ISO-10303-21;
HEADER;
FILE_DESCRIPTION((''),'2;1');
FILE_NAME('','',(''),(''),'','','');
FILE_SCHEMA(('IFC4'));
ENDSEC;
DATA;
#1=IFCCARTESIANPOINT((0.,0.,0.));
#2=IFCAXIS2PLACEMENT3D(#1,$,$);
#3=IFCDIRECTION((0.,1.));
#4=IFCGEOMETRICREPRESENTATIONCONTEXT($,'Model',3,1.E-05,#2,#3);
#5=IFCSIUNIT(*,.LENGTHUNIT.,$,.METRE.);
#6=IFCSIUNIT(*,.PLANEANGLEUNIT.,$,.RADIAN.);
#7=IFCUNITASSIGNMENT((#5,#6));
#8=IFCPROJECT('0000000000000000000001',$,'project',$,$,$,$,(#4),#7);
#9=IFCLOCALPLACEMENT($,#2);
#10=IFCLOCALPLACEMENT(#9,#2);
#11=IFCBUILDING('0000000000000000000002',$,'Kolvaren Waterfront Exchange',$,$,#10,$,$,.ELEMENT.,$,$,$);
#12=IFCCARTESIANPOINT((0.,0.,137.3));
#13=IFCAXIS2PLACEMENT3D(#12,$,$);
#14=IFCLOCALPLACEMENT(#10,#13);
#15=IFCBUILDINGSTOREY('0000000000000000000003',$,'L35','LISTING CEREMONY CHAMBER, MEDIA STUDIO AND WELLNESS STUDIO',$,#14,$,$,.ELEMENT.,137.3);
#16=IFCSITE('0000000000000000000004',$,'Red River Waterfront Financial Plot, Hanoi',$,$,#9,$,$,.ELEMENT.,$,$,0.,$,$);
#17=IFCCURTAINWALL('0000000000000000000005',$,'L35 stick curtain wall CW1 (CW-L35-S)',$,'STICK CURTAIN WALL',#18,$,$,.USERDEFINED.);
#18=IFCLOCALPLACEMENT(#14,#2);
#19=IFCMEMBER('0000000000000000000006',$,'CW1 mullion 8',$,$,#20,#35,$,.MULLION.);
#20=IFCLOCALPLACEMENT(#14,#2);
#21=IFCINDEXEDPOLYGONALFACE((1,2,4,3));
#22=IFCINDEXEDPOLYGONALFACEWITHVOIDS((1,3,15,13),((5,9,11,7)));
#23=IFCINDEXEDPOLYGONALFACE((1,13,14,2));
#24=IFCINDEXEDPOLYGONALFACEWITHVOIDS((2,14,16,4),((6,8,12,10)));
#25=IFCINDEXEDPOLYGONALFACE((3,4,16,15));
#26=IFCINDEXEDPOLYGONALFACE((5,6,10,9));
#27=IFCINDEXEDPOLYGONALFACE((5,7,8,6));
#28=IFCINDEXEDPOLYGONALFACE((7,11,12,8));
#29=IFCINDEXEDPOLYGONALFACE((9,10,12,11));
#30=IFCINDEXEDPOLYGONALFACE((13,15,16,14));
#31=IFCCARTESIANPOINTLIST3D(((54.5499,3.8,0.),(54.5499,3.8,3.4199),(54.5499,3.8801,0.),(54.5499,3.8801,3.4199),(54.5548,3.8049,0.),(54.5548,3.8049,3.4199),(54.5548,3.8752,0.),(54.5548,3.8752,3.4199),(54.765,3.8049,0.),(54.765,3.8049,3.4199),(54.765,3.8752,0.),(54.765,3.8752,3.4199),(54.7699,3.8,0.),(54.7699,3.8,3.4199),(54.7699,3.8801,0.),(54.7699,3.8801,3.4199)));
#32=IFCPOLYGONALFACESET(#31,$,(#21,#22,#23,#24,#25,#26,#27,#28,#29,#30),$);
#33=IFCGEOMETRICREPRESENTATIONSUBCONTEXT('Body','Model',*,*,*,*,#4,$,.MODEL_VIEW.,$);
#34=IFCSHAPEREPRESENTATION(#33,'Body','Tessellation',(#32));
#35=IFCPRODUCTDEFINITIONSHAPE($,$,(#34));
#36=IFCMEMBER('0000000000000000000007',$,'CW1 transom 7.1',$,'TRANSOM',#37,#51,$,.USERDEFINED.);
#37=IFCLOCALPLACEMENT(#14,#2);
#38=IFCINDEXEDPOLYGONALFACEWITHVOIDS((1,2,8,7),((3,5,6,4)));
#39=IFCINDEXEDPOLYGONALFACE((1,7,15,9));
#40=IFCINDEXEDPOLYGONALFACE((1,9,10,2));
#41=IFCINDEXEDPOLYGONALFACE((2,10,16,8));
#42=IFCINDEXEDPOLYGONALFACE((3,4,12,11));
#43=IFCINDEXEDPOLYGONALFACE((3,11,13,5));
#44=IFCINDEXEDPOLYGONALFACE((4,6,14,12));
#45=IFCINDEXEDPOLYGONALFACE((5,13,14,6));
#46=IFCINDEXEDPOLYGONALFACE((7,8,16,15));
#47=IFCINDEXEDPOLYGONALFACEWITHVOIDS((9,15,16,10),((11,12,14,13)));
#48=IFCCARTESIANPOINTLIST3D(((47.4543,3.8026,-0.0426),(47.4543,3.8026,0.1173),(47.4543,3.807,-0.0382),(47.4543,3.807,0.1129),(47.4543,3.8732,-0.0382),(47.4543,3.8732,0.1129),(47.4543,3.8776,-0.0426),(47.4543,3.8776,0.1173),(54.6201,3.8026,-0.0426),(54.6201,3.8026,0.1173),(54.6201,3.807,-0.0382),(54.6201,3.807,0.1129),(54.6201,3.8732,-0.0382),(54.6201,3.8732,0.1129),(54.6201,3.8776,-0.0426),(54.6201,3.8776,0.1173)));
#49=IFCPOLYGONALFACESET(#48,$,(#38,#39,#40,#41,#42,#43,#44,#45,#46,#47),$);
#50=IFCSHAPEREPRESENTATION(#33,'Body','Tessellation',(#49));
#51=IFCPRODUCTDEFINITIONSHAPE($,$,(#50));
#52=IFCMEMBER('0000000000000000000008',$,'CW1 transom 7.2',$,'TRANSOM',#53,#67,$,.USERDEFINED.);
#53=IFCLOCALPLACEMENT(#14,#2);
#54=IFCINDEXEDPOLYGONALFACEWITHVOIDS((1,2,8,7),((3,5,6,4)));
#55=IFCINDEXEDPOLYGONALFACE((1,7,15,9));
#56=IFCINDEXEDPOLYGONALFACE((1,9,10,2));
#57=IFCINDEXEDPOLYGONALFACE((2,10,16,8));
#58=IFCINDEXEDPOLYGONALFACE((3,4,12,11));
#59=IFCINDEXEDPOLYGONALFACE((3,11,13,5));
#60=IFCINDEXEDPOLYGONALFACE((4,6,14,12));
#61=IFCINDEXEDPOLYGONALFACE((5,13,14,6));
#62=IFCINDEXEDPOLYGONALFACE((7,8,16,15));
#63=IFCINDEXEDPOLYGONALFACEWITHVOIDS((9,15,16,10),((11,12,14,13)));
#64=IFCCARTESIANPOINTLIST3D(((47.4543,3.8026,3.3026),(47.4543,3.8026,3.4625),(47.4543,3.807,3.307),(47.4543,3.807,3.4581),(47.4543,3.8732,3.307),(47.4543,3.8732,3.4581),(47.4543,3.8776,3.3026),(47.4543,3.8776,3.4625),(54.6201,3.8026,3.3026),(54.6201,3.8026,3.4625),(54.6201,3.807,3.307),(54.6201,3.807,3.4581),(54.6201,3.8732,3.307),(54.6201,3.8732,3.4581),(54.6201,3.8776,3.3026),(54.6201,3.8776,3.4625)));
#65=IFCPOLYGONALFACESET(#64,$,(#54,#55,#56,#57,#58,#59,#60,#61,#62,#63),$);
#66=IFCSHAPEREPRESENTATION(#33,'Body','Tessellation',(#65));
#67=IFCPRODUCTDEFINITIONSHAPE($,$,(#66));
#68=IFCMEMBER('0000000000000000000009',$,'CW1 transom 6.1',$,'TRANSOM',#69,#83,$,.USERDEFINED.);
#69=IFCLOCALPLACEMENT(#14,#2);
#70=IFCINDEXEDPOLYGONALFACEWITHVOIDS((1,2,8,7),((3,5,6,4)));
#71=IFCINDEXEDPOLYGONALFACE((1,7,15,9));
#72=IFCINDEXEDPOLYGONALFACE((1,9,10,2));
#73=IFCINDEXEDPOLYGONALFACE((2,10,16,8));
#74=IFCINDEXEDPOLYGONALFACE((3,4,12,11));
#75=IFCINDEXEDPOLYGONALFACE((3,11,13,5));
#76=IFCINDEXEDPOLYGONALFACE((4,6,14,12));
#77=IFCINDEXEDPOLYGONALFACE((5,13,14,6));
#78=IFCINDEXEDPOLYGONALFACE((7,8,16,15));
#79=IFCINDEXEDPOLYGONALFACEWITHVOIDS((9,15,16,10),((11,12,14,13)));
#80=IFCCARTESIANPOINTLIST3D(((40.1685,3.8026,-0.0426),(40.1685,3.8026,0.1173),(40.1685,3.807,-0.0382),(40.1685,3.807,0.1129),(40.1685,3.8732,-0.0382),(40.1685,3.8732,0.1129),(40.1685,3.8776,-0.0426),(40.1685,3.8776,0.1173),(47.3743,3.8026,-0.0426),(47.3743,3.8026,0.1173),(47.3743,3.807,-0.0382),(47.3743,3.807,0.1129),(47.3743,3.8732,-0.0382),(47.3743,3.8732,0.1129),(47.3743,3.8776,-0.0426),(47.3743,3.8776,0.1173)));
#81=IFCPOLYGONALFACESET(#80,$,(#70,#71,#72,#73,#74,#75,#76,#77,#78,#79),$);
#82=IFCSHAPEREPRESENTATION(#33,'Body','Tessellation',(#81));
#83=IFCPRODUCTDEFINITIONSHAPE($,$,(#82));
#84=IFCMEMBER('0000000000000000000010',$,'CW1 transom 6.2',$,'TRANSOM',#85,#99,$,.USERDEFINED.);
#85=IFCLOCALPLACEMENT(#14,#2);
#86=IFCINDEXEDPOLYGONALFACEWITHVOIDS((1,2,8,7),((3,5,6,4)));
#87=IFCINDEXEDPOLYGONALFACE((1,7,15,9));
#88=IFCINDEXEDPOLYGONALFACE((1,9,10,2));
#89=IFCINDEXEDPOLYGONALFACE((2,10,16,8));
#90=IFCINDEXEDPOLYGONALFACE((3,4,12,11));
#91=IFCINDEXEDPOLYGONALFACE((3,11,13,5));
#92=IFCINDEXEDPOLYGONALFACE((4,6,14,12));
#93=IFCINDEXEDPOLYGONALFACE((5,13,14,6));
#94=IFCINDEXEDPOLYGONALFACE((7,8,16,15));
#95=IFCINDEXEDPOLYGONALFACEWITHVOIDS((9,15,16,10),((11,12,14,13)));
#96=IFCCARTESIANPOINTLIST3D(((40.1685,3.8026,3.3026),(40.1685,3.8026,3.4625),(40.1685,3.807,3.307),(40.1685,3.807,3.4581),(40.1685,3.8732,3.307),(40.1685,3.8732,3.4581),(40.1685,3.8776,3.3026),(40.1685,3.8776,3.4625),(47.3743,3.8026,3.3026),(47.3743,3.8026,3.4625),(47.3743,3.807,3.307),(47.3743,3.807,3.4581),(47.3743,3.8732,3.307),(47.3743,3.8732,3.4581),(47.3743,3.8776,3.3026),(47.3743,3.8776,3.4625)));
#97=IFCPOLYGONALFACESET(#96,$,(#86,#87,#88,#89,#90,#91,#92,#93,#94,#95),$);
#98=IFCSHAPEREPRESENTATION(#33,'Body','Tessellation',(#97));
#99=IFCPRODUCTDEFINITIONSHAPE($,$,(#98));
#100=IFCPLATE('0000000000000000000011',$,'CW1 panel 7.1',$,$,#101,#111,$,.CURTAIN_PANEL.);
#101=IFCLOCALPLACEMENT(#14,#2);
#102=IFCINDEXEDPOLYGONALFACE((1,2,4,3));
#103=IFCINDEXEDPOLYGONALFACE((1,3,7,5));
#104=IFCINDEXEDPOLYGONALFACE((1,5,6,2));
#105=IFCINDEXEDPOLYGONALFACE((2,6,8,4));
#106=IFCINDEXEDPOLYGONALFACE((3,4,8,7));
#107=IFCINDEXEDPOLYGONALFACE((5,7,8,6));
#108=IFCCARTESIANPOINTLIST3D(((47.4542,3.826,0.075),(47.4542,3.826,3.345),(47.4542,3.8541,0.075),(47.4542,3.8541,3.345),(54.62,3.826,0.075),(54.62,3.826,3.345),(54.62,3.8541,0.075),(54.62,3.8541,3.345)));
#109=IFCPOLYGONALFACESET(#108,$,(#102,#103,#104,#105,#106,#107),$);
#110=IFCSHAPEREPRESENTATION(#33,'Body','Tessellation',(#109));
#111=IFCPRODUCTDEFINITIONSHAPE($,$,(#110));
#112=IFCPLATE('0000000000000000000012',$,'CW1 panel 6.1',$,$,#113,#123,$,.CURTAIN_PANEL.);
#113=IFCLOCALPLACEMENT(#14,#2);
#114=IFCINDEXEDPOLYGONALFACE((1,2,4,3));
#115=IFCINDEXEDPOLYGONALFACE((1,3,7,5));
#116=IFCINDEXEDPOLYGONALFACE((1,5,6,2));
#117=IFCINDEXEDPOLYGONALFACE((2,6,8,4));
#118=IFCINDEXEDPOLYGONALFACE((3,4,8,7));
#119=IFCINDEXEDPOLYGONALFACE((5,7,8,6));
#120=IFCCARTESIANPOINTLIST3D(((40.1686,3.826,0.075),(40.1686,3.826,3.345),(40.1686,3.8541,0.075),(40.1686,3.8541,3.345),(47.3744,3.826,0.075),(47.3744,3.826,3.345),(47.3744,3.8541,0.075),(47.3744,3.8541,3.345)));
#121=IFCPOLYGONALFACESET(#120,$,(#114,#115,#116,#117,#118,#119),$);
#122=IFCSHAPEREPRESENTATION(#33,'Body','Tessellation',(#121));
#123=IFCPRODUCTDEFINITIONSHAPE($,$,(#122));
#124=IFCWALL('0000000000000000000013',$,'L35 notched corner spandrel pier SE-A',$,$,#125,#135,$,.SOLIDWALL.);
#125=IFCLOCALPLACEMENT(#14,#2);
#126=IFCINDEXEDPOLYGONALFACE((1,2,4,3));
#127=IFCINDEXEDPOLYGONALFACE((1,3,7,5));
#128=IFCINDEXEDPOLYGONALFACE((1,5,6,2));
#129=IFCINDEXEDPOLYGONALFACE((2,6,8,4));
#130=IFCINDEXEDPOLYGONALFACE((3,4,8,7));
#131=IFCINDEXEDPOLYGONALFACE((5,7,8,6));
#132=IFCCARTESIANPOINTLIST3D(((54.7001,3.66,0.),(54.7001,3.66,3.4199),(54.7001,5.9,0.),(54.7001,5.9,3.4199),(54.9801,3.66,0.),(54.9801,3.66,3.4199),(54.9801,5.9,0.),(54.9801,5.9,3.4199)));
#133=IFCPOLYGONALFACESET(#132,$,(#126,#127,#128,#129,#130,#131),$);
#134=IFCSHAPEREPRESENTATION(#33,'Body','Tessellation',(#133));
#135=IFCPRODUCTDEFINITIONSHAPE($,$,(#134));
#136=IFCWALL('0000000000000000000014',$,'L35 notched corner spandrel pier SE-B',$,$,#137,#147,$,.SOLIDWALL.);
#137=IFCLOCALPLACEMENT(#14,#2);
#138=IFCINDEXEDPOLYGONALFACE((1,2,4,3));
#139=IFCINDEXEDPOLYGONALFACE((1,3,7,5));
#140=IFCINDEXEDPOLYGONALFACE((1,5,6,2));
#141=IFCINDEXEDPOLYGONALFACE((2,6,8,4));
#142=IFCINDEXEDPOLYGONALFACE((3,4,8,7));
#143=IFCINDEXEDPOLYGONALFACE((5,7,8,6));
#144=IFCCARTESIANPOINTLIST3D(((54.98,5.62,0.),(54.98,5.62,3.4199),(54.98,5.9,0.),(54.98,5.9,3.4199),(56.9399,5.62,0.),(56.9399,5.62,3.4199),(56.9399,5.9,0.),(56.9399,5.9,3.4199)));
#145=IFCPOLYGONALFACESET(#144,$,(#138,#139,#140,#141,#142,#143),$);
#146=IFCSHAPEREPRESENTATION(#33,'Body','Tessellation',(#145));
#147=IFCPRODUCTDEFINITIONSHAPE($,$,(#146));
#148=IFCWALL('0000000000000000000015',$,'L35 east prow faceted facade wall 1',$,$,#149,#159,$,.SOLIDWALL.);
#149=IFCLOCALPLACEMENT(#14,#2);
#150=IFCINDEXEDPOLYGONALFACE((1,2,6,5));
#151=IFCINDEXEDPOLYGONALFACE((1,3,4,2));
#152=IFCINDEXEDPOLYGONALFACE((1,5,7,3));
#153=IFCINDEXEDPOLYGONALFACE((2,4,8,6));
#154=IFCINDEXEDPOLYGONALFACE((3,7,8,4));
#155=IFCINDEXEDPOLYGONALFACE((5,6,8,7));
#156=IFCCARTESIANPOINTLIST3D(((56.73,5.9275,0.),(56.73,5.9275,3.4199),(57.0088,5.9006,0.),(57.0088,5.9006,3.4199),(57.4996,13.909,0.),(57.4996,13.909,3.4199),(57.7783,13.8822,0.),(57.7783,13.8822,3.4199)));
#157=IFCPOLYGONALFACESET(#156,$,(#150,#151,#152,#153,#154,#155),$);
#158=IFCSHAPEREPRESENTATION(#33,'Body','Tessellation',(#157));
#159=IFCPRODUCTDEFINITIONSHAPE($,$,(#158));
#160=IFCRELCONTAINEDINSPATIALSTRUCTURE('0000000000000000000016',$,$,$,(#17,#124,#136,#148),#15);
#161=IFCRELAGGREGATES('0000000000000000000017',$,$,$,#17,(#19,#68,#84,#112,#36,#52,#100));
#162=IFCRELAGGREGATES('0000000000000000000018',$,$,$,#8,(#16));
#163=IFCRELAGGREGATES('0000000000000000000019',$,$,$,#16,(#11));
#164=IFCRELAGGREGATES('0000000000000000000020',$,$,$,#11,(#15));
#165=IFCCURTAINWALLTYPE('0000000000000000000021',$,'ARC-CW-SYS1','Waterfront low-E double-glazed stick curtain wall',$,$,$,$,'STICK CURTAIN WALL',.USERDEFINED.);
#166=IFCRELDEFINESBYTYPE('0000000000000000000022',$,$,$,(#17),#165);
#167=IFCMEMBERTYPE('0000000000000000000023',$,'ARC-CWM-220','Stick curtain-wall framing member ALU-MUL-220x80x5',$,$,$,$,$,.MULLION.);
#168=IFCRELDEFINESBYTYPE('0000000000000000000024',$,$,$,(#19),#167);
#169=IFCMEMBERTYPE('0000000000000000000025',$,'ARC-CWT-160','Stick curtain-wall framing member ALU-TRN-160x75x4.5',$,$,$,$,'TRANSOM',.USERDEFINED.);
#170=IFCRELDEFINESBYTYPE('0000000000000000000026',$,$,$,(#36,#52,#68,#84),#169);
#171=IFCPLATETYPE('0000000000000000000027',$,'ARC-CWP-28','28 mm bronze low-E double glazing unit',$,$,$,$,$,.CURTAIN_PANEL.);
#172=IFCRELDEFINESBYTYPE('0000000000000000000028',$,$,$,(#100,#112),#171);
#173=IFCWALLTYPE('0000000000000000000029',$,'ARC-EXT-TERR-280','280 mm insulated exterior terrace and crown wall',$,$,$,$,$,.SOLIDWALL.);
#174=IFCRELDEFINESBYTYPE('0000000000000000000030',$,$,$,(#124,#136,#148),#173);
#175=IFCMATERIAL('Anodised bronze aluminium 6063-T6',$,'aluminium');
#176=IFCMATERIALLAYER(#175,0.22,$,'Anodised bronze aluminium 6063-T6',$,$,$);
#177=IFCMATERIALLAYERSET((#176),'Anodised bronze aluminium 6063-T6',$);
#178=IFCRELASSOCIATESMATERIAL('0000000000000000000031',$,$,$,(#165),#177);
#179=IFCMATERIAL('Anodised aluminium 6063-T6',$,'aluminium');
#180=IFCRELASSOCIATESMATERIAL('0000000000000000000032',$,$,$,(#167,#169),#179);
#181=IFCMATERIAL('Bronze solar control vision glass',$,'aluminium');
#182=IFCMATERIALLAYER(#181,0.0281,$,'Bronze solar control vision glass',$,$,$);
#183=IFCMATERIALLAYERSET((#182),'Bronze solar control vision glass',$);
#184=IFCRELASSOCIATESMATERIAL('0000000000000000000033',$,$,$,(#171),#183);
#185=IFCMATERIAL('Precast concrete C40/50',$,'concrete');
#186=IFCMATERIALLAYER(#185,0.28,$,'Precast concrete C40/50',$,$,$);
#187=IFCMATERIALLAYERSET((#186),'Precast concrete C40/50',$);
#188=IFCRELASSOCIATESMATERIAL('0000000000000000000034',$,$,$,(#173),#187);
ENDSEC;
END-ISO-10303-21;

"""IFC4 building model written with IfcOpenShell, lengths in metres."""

from ifc_helpers import new_model, si_unit, direction, frame, frame_2d, origin, origin_with_axes, origin_2d, place, context, subcontext, project, spatial, rectangle, hollow_rectangle, extrude, source, transform, mapped, material, layer, layer_set, material_profile, profile_set, type_object, element, aggregate, save


model = new_model("IFC4")

# Units and contexts
model_context = context("Model", 3, precision=1e-05, world=origin(), true_north=direction((0.0, 1.0)))
body_context = subcontext(model_context, "Body", "Model", "MODEL_VIEW")
ifc_project = project(units=[si_unit("LENGTHUNIT", "METRE"), si_unit("PLANEANGLEUNIT", "RADIAN")], contexts=[model_context])

# Site, building, storey
site_placement = place(None, origin())
site = spatial("IfcSite", under=ifc_project, at=site_placement, Name="Red River Waterfront Financial Plot, Hanoi", CompositionType="ELEMENT", RefElevation=0.0)
building_placement = place(site_placement, origin())
building = spatial("IfcBuilding", under=site, at=building_placement, Name="Kolvaren Waterfront Exchange", CompositionType="ELEMENT")
storey_placement = place(building_placement, frame((0.0, 0.0, 137.3)))
storey = spatial("IfcBuildingStorey", under=building, at=storey_placement, Name="L35", Description="LISTING CEREMONY CHAMBER, MEDIA STUDIO AND WELLNESS STUDIO", CompositionType="ELEMENT", Elevation=137.3)

# Curtain wall, members, plates
ifc_material_1 = material(Name="Anodised bronze aluminium 6063-T6", Category="aluminium")
ifc_layer_1 = layer(ifc_material_1, 0.22, Name="Anodised bronze aluminium 6063-T6")
ifc_layer_set_1 = layer_set([ifc_layer_1], Name="Anodised bronze aluminium 6063-T6")
curtain_wall_type = type_object("IfcCurtainWallType", Name="ARC-CW-SYS1", Description="Waterfront low-E double-glazed stick curtain wall", ElementType="STICK CURTAIN WALL", PredefinedType="USERDEFINED", material=ifc_layer_set_1)
curtain_wall_placement = place(storey_placement, origin())
curtain_wall = element("IfcCurtainWall", 1, at=curtain_wall_placement, inside=storey, type_object=curtain_wall_type, Name="L35 stick curtain wall CW1 (CW-L35-S)", ObjectType="STICK CURTAIN WALL", PredefinedType="USERDEFINED")
ifc_material_2 = material(Name="Anodised aluminium 6063-T6", Category="aluminium")
ifc_material_profile_1 = material_profile(ifc_material_2, hollow_rectangle(XDim=0.0801, YDim=0.22, WallThickness=0.0049, at=origin_2d()), Name="ALU-MUL-220x80x5")
ifc_profile_set_1 = profile_set([ifc_material_profile_1], Name="Anodised aluminium 6063-T6")
member_type_1 = type_object("IfcMemberType", Name="ARC-CWM-220", Description="Stick curtain-wall framing member ALU-MUL-220x80x5", PredefinedType="MULLION", material=ifc_profile_set_1)
shared_shape_1 = source(origin_with_axes(), body_context, "Body", "SweptSolid", [
    extrude(hollow_rectangle(XDim=0.0801, YDim=0.22, WallThickness=0.0049, at=origin_2d()), origin(), (0.0, 0.0, 1.0), 3.4199),
])
member_1_placement = place(storey_placement, frame((54.6599, 3.8401, 0.0), z_axis=(0.0, 0.0, 1.0), x_axis=(0.0, 1.0, 0.0)))
member_1 = element("IfcMember", 2, at=member_1_placement, type_object=member_type_1, Name="CW1 mullion 8", PredefinedType="MULLION", context=body_context, shape_type="MappedRepresentation", body=[
    mapped(shared_shape_1, transform((0.0, 0.0, 0.0), x_axis=(1.0, 0.0, 0.0), y_axis=(0.0, 1.0, 0.0), z_axis=(0.0, 0.0, 1.0), scale=1.0)),
])
ifc_material_profile_2 = material_profile(ifc_material_2, hollow_rectangle(XDim=0.075, YDim=0.1599, WallThickness=0.0044, at=origin_2d()), Name="ALU-TRN-160x75x4.5")
ifc_profile_set_2 = profile_set([ifc_material_profile_2], Name="Anodised aluminium 6063-T6")
member_type_2 = type_object("IfcMemberType", Name="ARC-CWT-160", Description="Stick curtain-wall framing member ALU-TRN-160x75x4.5", ElementType="TRANSOM", PredefinedType="USERDEFINED", material=ifc_profile_set_2)
shared_shape_2 = source(origin_with_axes(), body_context, "Body", "SweptSolid", [
    extrude(hollow_rectangle(XDim=0.075, YDim=0.1599, WallThickness=0.0044, at=origin_2d()), origin(), (0.0, 0.0, 1.0), 7.1658),
])
member_2_placement = place(storey_placement, frame((47.4543, 3.8401, 0.0374), z_axis=(1.0, 0.0, 0.0), x_axis=(0.0, 1.0, 0.0)))
member_2 = element("IfcMember", 3, at=member_2_placement, type_object=member_type_2, Name="CW1 transom 7.1", ObjectType="TRANSOM", PredefinedType="USERDEFINED", context=body_context, shape_type="MappedRepresentation", body=[
    mapped(shared_shape_2, transform((0.0, 0.0, 0.0), x_axis=(1.0, 0.0, 0.0), y_axis=(0.0, 1.0, 0.0), z_axis=(0.0, 0.0, 1.0), scale=1.0)),
])
member_3_placement = place(storey_placement, frame((47.4543, 3.8401, 3.3826), z_axis=(1.0, 0.0, 0.0), x_axis=(0.0, 1.0, 0.0)))
member_3 = element("IfcMember", 4, at=member_3_placement, type_object=member_type_2, Name="CW1 transom 7.2", ObjectType="TRANSOM", PredefinedType="USERDEFINED", context=body_context, shape_type="MappedRepresentation", body=[
    mapped(shared_shape_2, transform((0.0, 0.0, 0.0), x_axis=(1.0, 0.0, 0.0), y_axis=(0.0, 1.0, 0.0), z_axis=(0.0, 0.0, 1.0), scale=1.0)),
])
shared_shape_3 = source(origin_with_axes(), body_context, "Body", "SweptSolid", [
    extrude(hollow_rectangle(XDim=0.075, YDim=0.1599, WallThickness=0.0044, at=origin_2d()), origin(), (0.0, 0.0, 1.0), 7.2058),
])
member_4_placement = place(storey_placement, frame((40.1685, 3.8401, 0.0374), z_axis=(1.0, 0.0, 0.0), x_axis=(0.0, 1.0, 0.0)))
member_4 = element("IfcMember", 5, at=member_4_placement, type_object=member_type_2, Name="CW1 transom 6.1", ObjectType="TRANSOM", PredefinedType="USERDEFINED", context=body_context, shape_type="MappedRepresentation", body=[
    mapped(shared_shape_3, transform((0.0, 0.0, 0.0), x_axis=(1.0, 0.0, 0.0), y_axis=(0.0, 1.0, 0.0), z_axis=(0.0, 0.0, 1.0), scale=1.0)),
])
member_5_placement = place(storey_placement, frame((40.1685, 3.8401, 3.3826), z_axis=(1.0, 0.0, 0.0), x_axis=(0.0, 1.0, 0.0)))
member_5 = element("IfcMember", 6, at=member_5_placement, type_object=member_type_2, Name="CW1 transom 6.2", ObjectType="TRANSOM", PredefinedType="USERDEFINED", context=body_context, shape_type="MappedRepresentation", body=[
    mapped(shared_shape_3, transform((0.0, 0.0, 0.0), x_axis=(1.0, 0.0, 0.0), y_axis=(0.0, 1.0, 0.0), z_axis=(0.0, 0.0, 1.0), scale=1.0)),
])
ifc_material_3 = material(Name="Bronze solar control vision glass", Category="aluminium")
ifc_layer_2 = layer(ifc_material_3, 0.0281, Name="Bronze solar control vision glass")
ifc_layer_set_2 = layer_set([ifc_layer_2], Name="Bronze solar control vision glass")
plate_type = type_object("IfcPlateType", Name="ARC-CWP-28", Description="28 mm bronze low-E double glazing unit", PredefinedType="CURTAIN_PANEL", material=ifc_layer_set_2)
shared_shape_4 = source(origin_with_axes(), body_context, "Body", "SweptSolid", [
    extrude(rectangle(XDim=7.1658, YDim=0.0281, at=origin_2d()), origin(), (0.0, 0.0, 1.0), 3.27),
])
plate_1_placement = place(storey_placement, frame((51.0371, 3.8401, 0.075), z_axis=(0.0, 0.0, 1.0), x_axis=(1.0, 0.0, 0.0)))
plate_1 = element("IfcPlate", 7, at=plate_1_placement, type_object=plate_type, Name="CW1 panel 7.1", PredefinedType="CURTAIN_PANEL", context=body_context, shape_type="MappedRepresentation", body=[
    mapped(shared_shape_4, transform((0.0, 0.0, 0.0), x_axis=(1.0, 0.0, 0.0), y_axis=(0.0, 1.0, 0.0), z_axis=(0.0, 0.0, 1.0), scale=1.0)),
])
shared_shape_5 = source(origin_with_axes(), body_context, "Body", "SweptSolid", [
    extrude(rectangle(XDim=7.2058, YDim=0.0281, at=origin_2d()), origin(), (0.0, 0.0, 1.0), 3.27),
])
plate_2_placement = place(storey_placement, frame((43.7715, 3.8401, 0.075), z_axis=(0.0, 0.0, 1.0), x_axis=(1.0, 0.0, 0.0)))
plate_2 = element("IfcPlate", 8, at=plate_2_placement, type_object=plate_type, Name="CW1 panel 6.1", PredefinedType="CURTAIN_PANEL", context=body_context, shape_type="MappedRepresentation", body=[
    mapped(shared_shape_5, transform((0.0, 0.0, 0.0), x_axis=(1.0, 0.0, 0.0), y_axis=(0.0, 1.0, 0.0), z_axis=(0.0, 0.0, 1.0), scale=1.0)),
])
aggregate(curtain_wall, [member_1, member_4, member_5, plate_2, member_2, member_3, plate_1])

# Walls
ifc_material_4 = material(Name="Precast concrete C40/50", Category="concrete")
ifc_layer_3 = layer(ifc_material_4, 0.28, Name="Precast concrete C40/50")
ifc_layer_set_3 = layer_set([ifc_layer_3], Name="Precast concrete C40/50")
wall_type_1 = type_object("IfcWallType", Name="ARC-EXT-TERR-280", Description="280 mm insulated exterior terrace and crown wall", PredefinedType="SOLIDWALL", material=ifc_layer_set_3)
wall_1_placement = place(storey_placement, frame((54.8401, 3.6599, 0.0), z_axis=(0.0, 0.0, 1.0), x_axis=(0.0, 1.0, 0.0)))
element("IfcWall", 9, at=wall_1_placement, inside=storey, type_object=wall_type_1, Name="L35 notched corner spandrel pier SE-A", PredefinedType="SOLIDWALL", context=body_context, shape_type="SweptSolid", body=[
    extrude(rectangle(XDim=2.24, YDim=0.28, at=frame_2d((1.1201, 0.0))), origin(), (0.0, 0.0, 1.0), 3.4199),
])
wall_2_placement = place(storey_placement, frame((54.98, 5.76, 0.0), z_axis=(0.0, 0.0, 1.0), x_axis=(1.0, 0.0, 0.0)))
element("IfcWall", 10, at=wall_2_placement, inside=storey, type_object=wall_type_1, Name="L35 notched corner spandrel pier SE-B", PredefinedType="SOLIDWALL", context=body_context, shape_type="SweptSolid", body=[
    extrude(rectangle(XDim=1.96, YDim=0.28, at=frame_2d((0.98, 0.0))), origin(), (0.0, 0.0, 1.0), 3.4199),
])
wall_3_placement = place(storey_placement, frame((56.8694, 5.9141, 0.0), z_axis=(0.0, 0.0, 1.0), x_axis=(0.09597, 0.995384, 0.0)))
element("IfcWall", 11, at=wall_3_placement, inside=storey, type_object=wall_type_1, Name="L35 east prow faceted facade wall 1", PredefinedType="SOLIDWALL", context=body_context, shape_type="SweptSolid", body=[
    extrude(rectangle(XDim=8.0186, YDim=0.28, at=frame_2d((4.0093, 0.0))), origin(), (0.0, 0.0, 1.0), 3.4199),
])

save(model, "model.ifc")
